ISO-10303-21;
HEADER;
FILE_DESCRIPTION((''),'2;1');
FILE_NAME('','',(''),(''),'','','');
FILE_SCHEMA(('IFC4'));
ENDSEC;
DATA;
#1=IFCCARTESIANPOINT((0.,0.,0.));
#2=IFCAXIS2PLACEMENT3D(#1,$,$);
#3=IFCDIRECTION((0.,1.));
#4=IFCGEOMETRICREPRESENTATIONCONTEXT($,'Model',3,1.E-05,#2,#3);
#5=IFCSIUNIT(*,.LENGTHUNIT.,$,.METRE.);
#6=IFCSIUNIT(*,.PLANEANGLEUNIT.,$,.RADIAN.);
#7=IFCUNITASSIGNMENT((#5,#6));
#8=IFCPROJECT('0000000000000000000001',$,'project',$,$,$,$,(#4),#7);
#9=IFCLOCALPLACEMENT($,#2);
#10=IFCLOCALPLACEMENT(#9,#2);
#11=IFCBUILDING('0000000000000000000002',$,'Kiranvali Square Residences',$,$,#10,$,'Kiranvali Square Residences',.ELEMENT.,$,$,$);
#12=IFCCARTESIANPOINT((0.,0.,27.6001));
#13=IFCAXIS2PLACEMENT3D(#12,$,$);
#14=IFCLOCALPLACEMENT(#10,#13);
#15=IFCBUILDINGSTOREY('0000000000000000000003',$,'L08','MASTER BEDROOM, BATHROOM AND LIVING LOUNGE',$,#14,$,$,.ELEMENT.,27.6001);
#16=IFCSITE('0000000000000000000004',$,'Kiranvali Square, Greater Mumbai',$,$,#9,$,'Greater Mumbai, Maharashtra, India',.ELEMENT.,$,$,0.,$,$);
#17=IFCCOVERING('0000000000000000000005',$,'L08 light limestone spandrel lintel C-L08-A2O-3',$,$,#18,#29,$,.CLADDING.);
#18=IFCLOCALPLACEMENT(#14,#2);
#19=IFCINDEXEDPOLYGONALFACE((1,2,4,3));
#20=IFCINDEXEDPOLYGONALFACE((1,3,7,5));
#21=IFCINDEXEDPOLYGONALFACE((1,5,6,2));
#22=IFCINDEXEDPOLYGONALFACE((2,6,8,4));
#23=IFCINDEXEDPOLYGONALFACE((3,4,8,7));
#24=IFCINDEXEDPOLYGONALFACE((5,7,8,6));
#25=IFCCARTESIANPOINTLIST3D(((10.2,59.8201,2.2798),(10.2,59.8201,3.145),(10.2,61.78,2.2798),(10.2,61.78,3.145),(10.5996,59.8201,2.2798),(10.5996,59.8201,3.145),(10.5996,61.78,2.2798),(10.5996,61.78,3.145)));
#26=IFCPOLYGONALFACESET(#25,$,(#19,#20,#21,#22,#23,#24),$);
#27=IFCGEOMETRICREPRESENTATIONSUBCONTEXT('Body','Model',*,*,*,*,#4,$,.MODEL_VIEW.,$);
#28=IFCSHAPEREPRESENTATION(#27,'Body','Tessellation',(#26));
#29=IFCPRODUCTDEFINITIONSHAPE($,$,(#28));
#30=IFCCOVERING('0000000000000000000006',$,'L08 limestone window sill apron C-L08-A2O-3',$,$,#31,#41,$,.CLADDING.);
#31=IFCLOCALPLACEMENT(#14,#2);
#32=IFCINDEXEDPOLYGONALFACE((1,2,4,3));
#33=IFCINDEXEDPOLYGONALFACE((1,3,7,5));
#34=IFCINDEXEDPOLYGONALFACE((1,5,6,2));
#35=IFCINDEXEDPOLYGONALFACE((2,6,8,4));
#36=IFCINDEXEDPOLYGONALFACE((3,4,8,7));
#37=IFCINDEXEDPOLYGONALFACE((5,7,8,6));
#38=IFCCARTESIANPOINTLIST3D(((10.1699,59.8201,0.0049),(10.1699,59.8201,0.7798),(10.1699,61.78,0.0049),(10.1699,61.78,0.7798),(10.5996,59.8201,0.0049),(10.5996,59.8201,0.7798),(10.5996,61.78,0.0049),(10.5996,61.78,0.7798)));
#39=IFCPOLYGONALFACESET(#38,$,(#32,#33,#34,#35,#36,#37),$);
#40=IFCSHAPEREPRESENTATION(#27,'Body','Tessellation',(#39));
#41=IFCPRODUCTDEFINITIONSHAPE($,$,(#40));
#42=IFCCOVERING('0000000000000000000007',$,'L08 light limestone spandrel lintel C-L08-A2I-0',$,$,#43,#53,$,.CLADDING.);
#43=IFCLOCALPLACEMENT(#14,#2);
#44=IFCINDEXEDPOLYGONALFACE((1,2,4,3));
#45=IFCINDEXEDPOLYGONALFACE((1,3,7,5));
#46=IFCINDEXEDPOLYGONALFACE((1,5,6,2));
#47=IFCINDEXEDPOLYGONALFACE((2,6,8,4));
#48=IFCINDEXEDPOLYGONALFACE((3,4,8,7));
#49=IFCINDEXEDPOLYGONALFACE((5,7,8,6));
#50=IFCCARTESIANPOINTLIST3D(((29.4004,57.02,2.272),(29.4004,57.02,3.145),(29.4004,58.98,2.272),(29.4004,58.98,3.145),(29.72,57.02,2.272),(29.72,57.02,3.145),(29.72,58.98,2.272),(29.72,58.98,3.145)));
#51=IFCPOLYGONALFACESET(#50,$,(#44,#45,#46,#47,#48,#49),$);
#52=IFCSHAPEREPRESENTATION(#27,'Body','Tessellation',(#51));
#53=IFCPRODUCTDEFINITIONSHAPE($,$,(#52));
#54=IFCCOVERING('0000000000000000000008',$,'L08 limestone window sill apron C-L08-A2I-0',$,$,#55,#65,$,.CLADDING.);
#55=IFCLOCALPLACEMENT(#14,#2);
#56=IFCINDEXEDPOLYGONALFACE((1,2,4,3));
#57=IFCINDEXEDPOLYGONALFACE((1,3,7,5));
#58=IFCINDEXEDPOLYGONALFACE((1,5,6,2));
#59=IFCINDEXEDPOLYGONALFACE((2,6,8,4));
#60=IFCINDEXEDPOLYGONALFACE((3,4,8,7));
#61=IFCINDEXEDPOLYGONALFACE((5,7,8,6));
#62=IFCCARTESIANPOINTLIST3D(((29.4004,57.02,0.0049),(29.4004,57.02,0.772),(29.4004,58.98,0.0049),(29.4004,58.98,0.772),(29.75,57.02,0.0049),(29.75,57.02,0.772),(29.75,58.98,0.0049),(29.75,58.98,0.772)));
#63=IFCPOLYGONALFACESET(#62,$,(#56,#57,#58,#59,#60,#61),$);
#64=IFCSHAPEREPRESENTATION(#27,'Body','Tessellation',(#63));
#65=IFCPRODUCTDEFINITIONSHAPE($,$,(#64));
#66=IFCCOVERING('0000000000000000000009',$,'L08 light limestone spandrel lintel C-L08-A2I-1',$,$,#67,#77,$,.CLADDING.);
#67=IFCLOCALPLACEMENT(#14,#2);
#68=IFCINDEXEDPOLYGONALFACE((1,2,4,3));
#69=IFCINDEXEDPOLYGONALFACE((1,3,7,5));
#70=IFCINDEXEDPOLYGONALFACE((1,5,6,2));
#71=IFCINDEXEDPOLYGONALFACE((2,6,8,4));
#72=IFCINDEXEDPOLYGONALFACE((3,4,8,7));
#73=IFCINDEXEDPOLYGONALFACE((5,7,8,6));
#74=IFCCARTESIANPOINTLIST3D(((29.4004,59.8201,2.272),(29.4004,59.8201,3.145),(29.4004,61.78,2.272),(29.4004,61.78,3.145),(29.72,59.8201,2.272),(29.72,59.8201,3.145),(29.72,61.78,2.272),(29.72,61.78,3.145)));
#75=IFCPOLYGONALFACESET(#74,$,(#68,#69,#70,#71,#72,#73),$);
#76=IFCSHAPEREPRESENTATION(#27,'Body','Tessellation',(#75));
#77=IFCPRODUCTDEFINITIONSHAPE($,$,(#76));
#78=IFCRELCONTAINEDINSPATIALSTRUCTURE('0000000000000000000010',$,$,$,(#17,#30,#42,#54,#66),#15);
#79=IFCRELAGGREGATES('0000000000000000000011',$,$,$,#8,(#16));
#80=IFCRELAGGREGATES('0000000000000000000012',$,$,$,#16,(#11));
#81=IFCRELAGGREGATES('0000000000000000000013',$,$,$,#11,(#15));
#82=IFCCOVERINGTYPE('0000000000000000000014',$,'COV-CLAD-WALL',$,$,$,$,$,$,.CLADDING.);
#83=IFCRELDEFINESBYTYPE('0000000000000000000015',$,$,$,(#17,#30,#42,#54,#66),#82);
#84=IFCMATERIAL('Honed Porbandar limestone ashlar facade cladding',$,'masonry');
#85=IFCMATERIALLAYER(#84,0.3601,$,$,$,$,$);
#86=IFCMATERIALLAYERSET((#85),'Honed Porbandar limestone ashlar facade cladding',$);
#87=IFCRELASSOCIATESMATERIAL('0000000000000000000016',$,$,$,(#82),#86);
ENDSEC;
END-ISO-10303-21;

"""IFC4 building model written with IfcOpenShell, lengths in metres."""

from ifc_helpers import new_model, si_unit, direction, frame, origin, place, context, subcontext, project, spatial, polyline, outline, extrude, material, layer, layer_set, type_object, element, save


model = new_model("IFC4")

# Units and contexts
model_context = context("Model", 3, precision=1e-05, world=origin(), true_north=direction((0.0, 1.0)))
body_context = subcontext(model_context, "Body", "Model", "MODEL_VIEW")
ifc_project = project(units=[si_unit("LENGTHUNIT", "METRE"), si_unit("PLANEANGLEUNIT", "RADIAN")], contexts=[model_context])

# Site, building, storey
site_placement = place(None, origin())
site = spatial("IfcSite", under=ifc_project, at=site_placement, Name="Kiranvali Square, Greater Mumbai", LongName="Greater Mumbai, Maharashtra, India", CompositionType="ELEMENT", RefElevation=0.0)
building_placement = place(site_placement, origin())
building = spatial("IfcBuilding", under=site, at=building_placement, Name="Kiranvali Square Residences", LongName="Kiranvali Square Residences", CompositionType="ELEMENT")
storey_placement = place(building_placement, frame((0.0, 0.0, 27.6001)))
storey = spatial("IfcBuildingStorey", under=building, at=storey_placement, Name="L08", Description="MASTER BEDROOM, BATHROOM AND LIVING LOUNGE", CompositionType="ELEMENT", Elevation=27.6001)

# Coverings
ifc_material = material(Name="Honed Porbandar limestone ashlar facade cladding", Category="masonry")
ifc_layer_1 = layer(ifc_material, 0.3601)
ifc_layer_set_1 = layer_set([ifc_layer_1], Name="Honed Porbandar limestone ashlar facade cladding")
covering_type_1 = type_object("IfcCoveringType", Name="COV-CLAD-WALL", PredefinedType="CLADDING", material=ifc_layer_set_1)
covering_1_placement = place(storey_placement, frame((0.0, 0.0, 2.2798)))
element("IfcCovering", 1, at=covering_1_placement, inside=storey, type_object=covering_type_1, Name="L08 light limestone spandrel lintel C-L08-A2O-3", PredefinedType="CLADDING", context=body_context, shape_type="SweptSolid", body=[
    extrude(outline(polyline([(10.5996, 59.8201), (10.5996, 61.78), (10.2, 61.78), (10.2, 59.8201), (10.5996, 59.8201)])), origin(), (0.0, 0.0, 1.0), 0.8652),
])
covering_2_placement = place(storey_placement, frame((0.0, 0.0, 0.0049)))
element("IfcCovering", 2, at=covering_2_placement, inside=storey, type_object=covering_type_1, Name="L08 limestone window sill apron C-L08-A2O-3", PredefinedType="CLADDING", context=body_context, shape_type="SweptSolid", body=[
    extrude(outline(polyline([(10.5996, 59.8201), (10.5996, 61.78), (10.1699, 61.78), (10.1699, 59.8201), (10.5996, 59.8201)])), origin(), (0.0, 0.0, 1.0), 0.7749),
])
covering_3_placement = place(storey_placement, frame((0.0, 0.0, 2.272)))
element("IfcCovering", 3, at=covering_3_placement, inside=storey, type_object=covering_type_1, Name="L08 light limestone spandrel lintel C-L08-A2I-0", PredefinedType="CLADDING", context=body_context, shape_type="SweptSolid", body=[
    extrude(outline(polyline([(29.72, 57.02), (29.72, 58.98), (29.4004, 58.98), (29.4004, 57.02), (29.72, 57.02)])), origin(), (0.0, 0.0, 1.0), 0.873),
])
covering_4_placement = place(storey_placement, frame((0.0, 0.0, 0.0049)))
element("IfcCovering", 4, at=covering_4_placement, inside=storey, type_object=covering_type_1, Name="L08 limestone window sill apron C-L08-A2I-0", PredefinedType="CLADDING", context=body_context, shape_type="SweptSolid", body=[
    extrude(outline(polyline([(29.75, 57.02), (29.75, 58.98), (29.4004, 58.98), (29.4004, 57.02), (29.75, 57.02)])), origin(), (0.0, 0.0, 1.0), 0.7671),
])
covering_5_placement = place(storey_placement, frame((0.0, 0.0, 2.272)))
element("IfcCovering", 5, at=covering_5_placement, inside=storey, type_object=covering_type_1, Name="L08 light limestone spandrel lintel C-L08-A2I-1", PredefinedType="CLADDING", context=body_context, shape_type="SweptSolid", body=[
    extrude(outline(polyline([(29.72, 59.8201), (29.72, 61.78), (29.4004, 61.78), (29.4004, 59.8201), (29.72, 59.8201)])), origin(), (0.0, 0.0, 1.0), 0.873),
])

save(model, "model.ifc")
